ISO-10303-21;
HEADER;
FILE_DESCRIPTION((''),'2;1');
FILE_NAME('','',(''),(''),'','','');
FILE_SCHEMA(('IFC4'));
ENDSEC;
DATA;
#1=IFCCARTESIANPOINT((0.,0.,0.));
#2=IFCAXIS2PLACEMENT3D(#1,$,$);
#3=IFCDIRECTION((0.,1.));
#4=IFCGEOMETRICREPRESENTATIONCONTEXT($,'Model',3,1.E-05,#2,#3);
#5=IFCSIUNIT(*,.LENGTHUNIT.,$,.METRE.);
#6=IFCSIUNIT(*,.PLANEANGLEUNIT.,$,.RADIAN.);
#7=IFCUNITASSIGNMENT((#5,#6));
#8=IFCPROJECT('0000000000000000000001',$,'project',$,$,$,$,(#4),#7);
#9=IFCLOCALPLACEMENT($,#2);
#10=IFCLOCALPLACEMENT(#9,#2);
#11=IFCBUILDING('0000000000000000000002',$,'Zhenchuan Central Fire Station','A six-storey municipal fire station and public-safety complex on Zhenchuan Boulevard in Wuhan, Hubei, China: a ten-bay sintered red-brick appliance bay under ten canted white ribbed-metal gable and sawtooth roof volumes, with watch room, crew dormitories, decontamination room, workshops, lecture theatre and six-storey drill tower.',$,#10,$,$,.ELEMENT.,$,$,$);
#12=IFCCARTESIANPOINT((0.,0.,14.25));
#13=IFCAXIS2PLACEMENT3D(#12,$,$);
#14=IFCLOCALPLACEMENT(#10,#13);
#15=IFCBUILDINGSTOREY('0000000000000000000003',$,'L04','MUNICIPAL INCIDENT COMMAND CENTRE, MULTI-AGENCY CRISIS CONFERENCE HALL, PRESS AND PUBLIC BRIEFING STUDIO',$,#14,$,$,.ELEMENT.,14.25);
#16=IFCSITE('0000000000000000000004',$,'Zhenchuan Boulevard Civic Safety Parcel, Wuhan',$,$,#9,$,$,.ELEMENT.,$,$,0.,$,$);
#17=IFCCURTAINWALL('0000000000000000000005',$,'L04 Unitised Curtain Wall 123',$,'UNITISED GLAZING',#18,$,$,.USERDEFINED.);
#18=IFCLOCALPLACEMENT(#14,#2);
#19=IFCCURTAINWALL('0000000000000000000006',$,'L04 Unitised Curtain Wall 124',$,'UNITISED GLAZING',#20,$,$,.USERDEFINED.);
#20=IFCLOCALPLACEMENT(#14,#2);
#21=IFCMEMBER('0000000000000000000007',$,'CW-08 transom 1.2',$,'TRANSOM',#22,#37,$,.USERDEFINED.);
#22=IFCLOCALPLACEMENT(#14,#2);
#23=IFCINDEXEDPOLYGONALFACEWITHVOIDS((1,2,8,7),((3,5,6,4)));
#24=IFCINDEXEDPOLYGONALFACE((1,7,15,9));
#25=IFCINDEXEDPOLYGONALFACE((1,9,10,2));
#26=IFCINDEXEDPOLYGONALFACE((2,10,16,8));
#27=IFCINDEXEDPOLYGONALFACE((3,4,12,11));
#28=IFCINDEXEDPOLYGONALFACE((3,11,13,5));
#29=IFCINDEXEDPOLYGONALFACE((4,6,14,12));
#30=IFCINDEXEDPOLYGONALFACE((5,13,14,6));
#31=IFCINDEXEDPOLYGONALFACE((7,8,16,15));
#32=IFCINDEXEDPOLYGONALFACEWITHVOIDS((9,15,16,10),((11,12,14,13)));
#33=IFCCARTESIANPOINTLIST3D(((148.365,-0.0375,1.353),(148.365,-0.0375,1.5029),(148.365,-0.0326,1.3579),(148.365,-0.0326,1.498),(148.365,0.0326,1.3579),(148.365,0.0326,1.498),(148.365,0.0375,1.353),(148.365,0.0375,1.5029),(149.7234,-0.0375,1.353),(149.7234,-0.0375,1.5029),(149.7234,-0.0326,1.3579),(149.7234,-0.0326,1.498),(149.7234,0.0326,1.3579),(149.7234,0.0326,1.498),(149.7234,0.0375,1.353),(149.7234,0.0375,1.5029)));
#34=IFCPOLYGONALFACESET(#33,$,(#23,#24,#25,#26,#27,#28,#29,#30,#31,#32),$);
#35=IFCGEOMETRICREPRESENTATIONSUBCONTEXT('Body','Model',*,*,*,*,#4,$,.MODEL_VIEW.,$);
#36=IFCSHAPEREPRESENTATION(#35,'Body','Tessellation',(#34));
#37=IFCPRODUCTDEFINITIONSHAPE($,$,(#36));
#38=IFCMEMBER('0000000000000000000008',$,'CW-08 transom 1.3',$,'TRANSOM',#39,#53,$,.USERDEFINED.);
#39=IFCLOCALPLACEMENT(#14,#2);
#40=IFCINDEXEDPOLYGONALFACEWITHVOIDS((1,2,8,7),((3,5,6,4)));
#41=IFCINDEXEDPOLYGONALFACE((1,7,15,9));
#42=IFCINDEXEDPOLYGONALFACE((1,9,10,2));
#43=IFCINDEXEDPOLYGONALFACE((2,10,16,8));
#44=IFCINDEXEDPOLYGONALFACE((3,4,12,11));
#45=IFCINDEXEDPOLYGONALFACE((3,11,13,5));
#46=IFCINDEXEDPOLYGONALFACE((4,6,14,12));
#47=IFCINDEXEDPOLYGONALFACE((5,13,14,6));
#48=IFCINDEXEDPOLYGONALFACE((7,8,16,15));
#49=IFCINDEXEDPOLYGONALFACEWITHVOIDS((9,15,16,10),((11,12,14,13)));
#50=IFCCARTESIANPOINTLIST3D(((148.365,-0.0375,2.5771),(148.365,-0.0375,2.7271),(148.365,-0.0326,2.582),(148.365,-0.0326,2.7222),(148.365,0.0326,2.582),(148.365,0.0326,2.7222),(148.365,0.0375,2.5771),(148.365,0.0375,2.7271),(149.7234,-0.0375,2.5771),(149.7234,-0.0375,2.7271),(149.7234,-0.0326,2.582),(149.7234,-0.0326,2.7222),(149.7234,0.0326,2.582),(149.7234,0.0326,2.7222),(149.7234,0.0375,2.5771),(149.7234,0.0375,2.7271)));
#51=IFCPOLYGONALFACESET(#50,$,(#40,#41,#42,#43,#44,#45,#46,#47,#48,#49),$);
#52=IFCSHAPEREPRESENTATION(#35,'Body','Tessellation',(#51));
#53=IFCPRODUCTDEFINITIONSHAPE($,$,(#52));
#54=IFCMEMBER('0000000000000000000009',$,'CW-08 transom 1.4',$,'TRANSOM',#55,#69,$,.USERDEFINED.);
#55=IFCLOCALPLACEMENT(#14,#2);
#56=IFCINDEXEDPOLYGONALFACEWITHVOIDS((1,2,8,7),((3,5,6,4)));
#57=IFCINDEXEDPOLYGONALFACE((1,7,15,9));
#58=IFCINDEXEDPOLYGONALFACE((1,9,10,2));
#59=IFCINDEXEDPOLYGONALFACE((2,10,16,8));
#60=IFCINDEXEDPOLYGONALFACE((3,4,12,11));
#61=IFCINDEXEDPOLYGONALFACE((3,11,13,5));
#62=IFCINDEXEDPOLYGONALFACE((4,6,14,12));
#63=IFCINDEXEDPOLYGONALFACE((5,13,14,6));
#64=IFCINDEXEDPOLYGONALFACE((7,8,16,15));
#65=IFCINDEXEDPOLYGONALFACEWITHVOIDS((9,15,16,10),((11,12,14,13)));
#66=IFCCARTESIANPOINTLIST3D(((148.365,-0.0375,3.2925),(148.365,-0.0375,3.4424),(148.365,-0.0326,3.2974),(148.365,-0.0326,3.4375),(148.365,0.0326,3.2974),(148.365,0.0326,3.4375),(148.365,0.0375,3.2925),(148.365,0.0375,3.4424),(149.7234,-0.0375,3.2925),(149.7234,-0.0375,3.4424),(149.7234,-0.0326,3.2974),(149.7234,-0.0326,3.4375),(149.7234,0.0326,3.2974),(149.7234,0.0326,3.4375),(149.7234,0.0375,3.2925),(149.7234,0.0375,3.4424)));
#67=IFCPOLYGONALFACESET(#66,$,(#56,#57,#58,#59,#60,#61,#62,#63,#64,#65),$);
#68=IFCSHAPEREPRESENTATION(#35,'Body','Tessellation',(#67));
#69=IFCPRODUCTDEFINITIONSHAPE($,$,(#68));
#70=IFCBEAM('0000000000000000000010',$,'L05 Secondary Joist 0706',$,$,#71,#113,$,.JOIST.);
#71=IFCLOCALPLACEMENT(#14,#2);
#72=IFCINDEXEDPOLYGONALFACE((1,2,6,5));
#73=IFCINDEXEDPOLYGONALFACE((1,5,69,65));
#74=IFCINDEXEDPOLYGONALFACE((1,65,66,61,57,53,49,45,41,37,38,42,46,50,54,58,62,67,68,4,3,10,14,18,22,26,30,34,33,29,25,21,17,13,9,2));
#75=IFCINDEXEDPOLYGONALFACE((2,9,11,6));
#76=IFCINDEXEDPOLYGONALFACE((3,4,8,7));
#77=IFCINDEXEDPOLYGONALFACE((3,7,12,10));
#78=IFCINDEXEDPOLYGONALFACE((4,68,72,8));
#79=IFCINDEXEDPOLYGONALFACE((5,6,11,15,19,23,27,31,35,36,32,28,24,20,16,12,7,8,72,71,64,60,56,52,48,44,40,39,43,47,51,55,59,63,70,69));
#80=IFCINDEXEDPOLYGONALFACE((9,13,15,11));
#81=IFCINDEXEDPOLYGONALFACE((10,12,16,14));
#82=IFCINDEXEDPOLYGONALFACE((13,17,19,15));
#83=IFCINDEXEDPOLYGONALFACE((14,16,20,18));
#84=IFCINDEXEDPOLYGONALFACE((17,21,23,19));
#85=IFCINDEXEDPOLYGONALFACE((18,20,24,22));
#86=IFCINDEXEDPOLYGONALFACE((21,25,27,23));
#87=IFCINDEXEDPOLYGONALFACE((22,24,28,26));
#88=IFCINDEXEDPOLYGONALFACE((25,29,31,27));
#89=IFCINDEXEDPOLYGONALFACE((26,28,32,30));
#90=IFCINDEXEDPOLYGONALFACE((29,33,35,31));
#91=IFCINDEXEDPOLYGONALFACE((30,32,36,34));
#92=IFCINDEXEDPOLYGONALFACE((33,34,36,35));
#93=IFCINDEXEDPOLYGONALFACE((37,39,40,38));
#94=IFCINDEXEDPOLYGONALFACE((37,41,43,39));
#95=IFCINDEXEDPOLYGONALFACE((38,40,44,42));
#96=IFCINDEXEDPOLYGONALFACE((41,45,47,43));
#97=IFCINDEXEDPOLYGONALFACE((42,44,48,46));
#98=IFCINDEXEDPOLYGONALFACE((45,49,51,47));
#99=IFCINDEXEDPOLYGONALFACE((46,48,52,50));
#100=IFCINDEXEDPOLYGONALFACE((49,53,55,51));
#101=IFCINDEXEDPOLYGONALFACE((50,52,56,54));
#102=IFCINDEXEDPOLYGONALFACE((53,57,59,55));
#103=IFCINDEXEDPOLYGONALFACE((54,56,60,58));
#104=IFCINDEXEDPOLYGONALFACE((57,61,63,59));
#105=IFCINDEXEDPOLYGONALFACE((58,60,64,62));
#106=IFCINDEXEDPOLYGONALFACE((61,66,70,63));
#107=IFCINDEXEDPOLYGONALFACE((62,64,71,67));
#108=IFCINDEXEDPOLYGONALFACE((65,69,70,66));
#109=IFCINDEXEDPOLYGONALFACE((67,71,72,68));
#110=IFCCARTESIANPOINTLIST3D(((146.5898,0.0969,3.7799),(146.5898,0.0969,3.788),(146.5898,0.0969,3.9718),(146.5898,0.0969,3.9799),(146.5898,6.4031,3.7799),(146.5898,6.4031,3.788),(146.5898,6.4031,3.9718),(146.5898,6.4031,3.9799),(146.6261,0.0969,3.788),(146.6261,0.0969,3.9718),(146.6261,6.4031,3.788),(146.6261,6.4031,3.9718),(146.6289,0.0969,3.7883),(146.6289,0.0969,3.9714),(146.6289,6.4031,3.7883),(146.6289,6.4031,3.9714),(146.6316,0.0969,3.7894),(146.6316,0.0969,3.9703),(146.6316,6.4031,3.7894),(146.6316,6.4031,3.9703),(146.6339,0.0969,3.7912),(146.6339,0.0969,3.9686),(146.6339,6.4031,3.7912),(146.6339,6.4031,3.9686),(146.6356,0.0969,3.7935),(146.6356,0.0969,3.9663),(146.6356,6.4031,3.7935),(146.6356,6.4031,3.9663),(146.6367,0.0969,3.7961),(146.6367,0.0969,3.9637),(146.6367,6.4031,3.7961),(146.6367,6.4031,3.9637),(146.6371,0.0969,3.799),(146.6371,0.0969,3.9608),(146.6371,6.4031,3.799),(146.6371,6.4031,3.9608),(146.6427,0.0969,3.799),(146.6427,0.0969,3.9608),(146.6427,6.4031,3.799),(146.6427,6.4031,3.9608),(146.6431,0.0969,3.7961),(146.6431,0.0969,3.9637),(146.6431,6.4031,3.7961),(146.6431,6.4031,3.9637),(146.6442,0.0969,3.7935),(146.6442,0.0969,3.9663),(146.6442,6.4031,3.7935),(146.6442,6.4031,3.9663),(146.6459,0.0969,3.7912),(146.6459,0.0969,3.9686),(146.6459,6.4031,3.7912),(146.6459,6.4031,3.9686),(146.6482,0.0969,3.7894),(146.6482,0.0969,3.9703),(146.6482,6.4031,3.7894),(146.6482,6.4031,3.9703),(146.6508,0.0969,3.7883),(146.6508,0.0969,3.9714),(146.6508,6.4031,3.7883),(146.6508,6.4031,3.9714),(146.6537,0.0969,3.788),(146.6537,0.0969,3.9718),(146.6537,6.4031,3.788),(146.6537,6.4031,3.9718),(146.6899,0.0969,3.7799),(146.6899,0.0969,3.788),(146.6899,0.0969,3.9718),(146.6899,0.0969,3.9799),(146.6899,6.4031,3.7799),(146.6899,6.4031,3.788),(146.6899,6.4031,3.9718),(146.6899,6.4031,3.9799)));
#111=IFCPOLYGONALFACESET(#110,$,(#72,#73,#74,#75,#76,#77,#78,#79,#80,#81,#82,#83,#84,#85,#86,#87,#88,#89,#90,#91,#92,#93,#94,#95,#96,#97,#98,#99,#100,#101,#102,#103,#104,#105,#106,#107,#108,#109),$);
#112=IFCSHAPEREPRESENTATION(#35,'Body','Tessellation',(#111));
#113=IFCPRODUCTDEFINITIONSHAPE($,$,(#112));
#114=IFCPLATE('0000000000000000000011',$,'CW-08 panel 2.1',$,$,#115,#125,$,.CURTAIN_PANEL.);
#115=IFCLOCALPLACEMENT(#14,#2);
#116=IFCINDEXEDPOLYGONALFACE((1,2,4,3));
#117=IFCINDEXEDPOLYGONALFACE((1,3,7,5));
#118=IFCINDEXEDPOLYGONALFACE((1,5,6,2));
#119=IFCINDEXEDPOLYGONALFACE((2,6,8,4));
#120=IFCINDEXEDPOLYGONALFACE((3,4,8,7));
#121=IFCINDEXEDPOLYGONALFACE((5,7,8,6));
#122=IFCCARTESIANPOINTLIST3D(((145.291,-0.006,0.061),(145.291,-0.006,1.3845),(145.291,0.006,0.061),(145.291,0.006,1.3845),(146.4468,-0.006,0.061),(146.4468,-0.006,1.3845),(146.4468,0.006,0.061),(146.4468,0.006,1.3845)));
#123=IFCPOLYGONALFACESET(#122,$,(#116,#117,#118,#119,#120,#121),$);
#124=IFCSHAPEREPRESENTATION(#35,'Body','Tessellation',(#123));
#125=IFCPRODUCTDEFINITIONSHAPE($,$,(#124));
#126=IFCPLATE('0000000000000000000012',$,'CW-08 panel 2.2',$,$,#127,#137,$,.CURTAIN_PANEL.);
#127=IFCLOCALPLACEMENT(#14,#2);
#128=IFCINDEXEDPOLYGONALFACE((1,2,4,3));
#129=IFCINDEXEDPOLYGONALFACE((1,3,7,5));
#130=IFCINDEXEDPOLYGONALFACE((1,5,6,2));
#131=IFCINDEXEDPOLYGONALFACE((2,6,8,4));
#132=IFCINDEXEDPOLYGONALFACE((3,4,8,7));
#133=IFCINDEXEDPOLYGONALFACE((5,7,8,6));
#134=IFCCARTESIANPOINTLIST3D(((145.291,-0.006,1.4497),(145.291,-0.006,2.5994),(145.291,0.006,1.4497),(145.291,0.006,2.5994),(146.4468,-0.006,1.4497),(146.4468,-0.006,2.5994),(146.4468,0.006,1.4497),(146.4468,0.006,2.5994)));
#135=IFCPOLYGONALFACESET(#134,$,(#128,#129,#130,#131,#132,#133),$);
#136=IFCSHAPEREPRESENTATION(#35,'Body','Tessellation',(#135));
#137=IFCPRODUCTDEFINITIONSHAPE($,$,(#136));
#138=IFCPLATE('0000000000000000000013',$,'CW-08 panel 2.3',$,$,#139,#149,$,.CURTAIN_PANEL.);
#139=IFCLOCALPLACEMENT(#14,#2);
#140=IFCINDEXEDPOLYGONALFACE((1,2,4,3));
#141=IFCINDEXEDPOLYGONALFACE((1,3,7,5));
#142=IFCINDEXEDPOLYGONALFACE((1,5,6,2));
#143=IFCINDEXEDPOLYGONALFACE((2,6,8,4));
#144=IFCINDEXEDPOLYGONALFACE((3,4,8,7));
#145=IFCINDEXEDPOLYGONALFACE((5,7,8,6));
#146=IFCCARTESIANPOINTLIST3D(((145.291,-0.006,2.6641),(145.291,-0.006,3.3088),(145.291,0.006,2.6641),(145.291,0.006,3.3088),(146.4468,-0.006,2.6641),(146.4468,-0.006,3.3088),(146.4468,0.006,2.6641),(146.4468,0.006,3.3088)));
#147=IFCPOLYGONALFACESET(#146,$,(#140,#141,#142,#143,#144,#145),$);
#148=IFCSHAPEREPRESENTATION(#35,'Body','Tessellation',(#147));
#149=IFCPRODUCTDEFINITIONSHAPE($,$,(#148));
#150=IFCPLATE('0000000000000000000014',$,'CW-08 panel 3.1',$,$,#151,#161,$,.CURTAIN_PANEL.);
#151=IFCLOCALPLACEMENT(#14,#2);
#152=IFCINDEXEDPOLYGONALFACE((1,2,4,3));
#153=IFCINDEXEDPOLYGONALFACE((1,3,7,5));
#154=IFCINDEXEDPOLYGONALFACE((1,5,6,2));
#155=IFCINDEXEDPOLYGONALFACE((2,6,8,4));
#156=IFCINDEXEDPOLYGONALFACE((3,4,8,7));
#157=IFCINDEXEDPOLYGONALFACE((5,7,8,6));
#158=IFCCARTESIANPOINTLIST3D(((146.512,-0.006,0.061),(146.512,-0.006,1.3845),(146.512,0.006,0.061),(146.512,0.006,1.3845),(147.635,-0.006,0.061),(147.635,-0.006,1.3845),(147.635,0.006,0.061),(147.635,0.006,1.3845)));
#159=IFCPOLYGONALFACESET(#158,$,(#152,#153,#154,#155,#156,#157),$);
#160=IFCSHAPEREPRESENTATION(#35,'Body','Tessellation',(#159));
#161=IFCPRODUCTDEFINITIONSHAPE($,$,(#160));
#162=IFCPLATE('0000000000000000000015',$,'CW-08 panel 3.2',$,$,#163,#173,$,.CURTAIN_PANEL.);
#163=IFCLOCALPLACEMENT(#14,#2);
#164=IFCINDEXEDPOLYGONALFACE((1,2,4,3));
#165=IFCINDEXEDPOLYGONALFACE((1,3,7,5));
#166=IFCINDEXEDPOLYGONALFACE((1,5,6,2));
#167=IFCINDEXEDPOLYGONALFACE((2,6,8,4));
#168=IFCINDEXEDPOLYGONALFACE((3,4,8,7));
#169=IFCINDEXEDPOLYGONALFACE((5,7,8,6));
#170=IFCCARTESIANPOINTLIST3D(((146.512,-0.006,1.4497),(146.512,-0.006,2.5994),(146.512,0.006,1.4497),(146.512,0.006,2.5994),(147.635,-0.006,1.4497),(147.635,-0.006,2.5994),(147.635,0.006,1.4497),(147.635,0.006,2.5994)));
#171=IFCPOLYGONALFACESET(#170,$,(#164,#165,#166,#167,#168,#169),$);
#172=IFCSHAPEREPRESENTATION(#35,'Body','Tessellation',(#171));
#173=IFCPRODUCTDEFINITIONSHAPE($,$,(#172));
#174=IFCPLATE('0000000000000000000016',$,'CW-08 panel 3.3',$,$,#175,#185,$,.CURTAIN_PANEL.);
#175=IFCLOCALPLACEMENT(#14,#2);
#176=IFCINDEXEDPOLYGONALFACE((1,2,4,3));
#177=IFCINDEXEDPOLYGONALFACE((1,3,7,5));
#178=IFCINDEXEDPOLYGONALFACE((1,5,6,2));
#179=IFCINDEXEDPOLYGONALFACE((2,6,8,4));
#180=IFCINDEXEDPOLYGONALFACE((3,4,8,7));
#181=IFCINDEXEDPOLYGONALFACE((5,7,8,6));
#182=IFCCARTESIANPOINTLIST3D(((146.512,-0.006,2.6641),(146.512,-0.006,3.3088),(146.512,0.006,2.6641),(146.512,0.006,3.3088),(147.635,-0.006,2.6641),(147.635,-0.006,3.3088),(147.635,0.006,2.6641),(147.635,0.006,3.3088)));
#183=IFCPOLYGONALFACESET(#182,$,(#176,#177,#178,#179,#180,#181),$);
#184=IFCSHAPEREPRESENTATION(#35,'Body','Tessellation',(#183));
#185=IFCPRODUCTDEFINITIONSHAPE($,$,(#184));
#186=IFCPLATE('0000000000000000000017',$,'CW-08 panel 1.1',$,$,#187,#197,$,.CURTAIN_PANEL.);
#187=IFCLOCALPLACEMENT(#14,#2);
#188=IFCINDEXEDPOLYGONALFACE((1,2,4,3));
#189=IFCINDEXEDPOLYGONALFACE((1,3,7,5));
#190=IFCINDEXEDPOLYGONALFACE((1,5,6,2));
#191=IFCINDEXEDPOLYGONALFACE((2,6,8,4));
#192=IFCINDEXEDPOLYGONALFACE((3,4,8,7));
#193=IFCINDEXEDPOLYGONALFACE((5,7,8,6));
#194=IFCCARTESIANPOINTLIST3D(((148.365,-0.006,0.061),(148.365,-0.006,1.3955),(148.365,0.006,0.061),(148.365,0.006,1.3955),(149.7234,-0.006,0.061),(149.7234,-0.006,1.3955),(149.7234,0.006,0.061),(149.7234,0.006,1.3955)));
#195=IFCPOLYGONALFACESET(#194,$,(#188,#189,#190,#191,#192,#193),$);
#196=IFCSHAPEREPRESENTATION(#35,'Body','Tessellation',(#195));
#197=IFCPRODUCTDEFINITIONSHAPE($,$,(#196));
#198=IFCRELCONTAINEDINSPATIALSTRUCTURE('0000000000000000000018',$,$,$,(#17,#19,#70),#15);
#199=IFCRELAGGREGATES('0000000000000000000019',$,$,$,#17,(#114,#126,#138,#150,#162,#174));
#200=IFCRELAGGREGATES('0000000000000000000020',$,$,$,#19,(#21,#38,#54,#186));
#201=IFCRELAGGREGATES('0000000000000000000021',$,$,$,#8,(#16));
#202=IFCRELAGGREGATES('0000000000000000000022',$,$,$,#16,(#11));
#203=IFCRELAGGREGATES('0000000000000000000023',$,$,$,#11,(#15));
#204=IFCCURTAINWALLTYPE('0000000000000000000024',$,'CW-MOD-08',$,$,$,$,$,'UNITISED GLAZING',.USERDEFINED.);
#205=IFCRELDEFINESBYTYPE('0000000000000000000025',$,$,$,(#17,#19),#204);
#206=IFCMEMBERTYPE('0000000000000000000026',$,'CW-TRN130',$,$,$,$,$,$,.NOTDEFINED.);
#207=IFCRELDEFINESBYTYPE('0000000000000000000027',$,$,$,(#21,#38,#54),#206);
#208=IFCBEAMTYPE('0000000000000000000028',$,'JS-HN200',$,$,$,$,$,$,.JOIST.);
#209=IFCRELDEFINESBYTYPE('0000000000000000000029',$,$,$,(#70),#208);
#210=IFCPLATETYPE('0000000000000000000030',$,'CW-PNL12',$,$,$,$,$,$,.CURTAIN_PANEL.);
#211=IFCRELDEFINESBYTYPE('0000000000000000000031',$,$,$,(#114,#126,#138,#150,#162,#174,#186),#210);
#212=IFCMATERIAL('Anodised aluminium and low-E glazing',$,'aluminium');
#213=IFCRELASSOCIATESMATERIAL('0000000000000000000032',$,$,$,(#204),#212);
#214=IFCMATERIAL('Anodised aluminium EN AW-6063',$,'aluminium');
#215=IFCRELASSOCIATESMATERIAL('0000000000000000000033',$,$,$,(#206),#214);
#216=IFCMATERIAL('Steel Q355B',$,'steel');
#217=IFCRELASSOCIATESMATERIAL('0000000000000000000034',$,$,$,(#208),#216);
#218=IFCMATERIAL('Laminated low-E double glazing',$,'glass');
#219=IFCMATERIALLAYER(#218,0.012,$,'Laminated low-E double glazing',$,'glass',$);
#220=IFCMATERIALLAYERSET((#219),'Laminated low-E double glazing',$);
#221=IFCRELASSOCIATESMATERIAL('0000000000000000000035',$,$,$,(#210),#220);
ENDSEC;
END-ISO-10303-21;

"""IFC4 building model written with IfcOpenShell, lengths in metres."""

from ifc_helpers import new_model, si_unit, direction, frame, origin, origin_2d, place, context, subcontext, project, spatial, rectangle, hollow_rectangle, i_section, extrude, material, layer, layer_set, material_profile, profile_set, type_object, element, aggregate, save


model = new_model("IFC4")

# Units and contexts
model_context = context("Model", 3, precision=1e-05, world=origin(), true_north=direction((0.0, 1.0)))
body_context = subcontext(model_context, "Body", "Model", "MODEL_VIEW")
ifc_project = project(units=[si_unit("LENGTHUNIT", "METRE"), si_unit("PLANEANGLEUNIT", "RADIAN")], contexts=[model_context])

# Site, building, storey
site_placement = place(None, origin())
site = spatial("IfcSite", under=ifc_project, at=site_placement, Name="Zhenchuan Boulevard Civic Safety Parcel, Wuhan", CompositionType="ELEMENT", RefElevation=0.0)
building_placement = place(site_placement, origin())
building = spatial("IfcBuilding", under=site, at=building_placement, Name="Zhenchuan Central Fire Station", Description="A six-storey municipal fire station and public-safety complex on Zhenchuan Boulevard in Wuhan, Hubei, China: a ten-bay sintered red-brick appliance bay under ten canted white ribbed-metal gable and sawtooth roof volumes, with watch room, crew dormitories, decontamination room, workshops, lecture theatre and six-storey drill tower.", CompositionType="ELEMENT")
storey_placement = place(building_placement, frame((0.0, 0.0, 14.25)))
storey = spatial("IfcBuildingStorey", under=building, at=storey_placement, Name="L04", Description="MUNICIPAL INCIDENT COMMAND CENTRE, MULTI-AGENCY CRISIS CONFERENCE HALL, PRESS AND PUBLIC BRIEFING STUDIO", CompositionType="ELEMENT", Elevation=14.25)

# Shared definitions
ifc_material_1 = material(Name="Steel Q355B", Category="steel")

# Curtain wall
ifc_material_2 = material(Name="Anodised aluminium and low-E glazing", Category="aluminium")
curtain_wall_type = type_object("IfcCurtainWallType", Name="CW-MOD-08", ElementType="UNITISED GLAZING", PredefinedType="USERDEFINED", material=ifc_material_2)
curtain_wall_1_placement = place(storey_placement, origin())
curtain_wall_1 = element("IfcCurtainWall", 1, at=curtain_wall_1_placement, inside=storey, type_object=curtain_wall_type, Name="L04 Unitised Curtain Wall 123", ObjectType="UNITISED GLAZING", PredefinedType="USERDEFINED")
ifc_material_3 = material(Name="Anodised aluminium EN AW-6063", Category="aluminium")

# Curtain wall
curtain_wall_2_placement = place(storey_placement, origin())
curtain_wall_2 = element("IfcCurtainWall", 2, at=curtain_wall_2_placement, inside=storey, type_object=curtain_wall_type, Name="L04 Unitised Curtain Wall 124", ObjectType="UNITISED GLAZING", PredefinedType="USERDEFINED")

# Members
ifc_material_profile_1 = material_profile(ifc_material_3, hollow_rectangle(XDim=0.075, YDim=0.1499, WallThickness=0.0049, at=origin_2d()), Name="ALU-T 150x75")
ifc_profile_set_1 = profile_set([ifc_material_profile_1], Name="Anodised aluminium EN AW-6063")
member_type_1 = type_object("IfcMemberType", Name="CW-TRN130", PredefinedType="NOTDEFINED", material=ifc_profile_set_1)
member_1_placement = place(storey_placement, frame((148.365, 0.0, 1.428), z_axis=(1.0, 0.0, 0.0), x_axis=(0.0, 1.0, 0.0)))
member_1 = element("IfcMember", 3, at=member_1_placement, type_object=member_type_1, Name="CW-08 transom 1.2", ObjectType="TRANSOM", PredefinedType="USERDEFINED", context=body_context, shape_type="SweptSolid", body=[
    extrude(hollow_rectangle(XDim=0.075, YDim=0.1499, WallThickness=0.0049, at=origin_2d()), origin(), (0.0, 0.0, 1.0), 1.3584),
])
member_2_placement = place(storey_placement, frame((148.365, 0.0, 2.6521), z_axis=(1.0, 0.0, 0.0), x_axis=(0.0, 1.0, 0.0)))
member_2 = element("IfcMember", 4, at=member_2_placement, type_object=member_type_1, Name="CW-08 transom 1.3", ObjectType="TRANSOM", PredefinedType="USERDEFINED", context=body_context, shape_type="SweptSolid", body=[
    extrude(hollow_rectangle(XDim=0.075, YDim=0.1499, WallThickness=0.0049, at=origin_2d()), origin(), (0.0, 0.0, 1.0), 1.3584),
])
member_3_placement = place(storey_placement, frame((148.365, 0.0, 3.3674), z_axis=(1.0, 0.0, 0.0), x_axis=(0.0, 1.0, 0.0)))
member_3 = element("IfcMember", 5, at=member_3_placement, type_object=member_type_1, Name="CW-08 transom 1.4", ObjectType="TRANSOM", PredefinedType="USERDEFINED", context=body_context, shape_type="SweptSolid", body=[
    extrude(hollow_rectangle(XDim=0.075, YDim=0.1499, WallThickness=0.0049, at=origin_2d()), origin(), (0.0, 0.0, 1.0), 1.3584),
])

# Beam
ifc_material_profile_2 = material_profile(ifc_material_1, i_section(OverallWidth=0.1001, OverallDepth=0.2, WebThickness=0.0056, FlangeThickness=0.0081, FilletRadius=0.011, at=origin_2d()), Name="HN 200x100")
ifc_profile_set_2 = profile_set([ifc_material_profile_2], Name="Steel Q355B")
beam_type_1 = type_object("IfcBeamType", Name="JS-HN200", PredefinedType="JOIST", material=ifc_profile_set_2)
beam_1_placement = place(storey_placement, frame((146.6399, 0.0969, 3.8799), z_axis=(0.0, 1.0, 0.0), x_axis=(-1.0, 0.0, 0.0)))
element("IfcBeam", 6, at=beam_1_placement, inside=storey, type_object=beam_type_1, Name="L05 Secondary Joist 0706", PredefinedType="JOIST", context=body_context, shape_type="SweptSolid", body=[
    extrude(i_section(OverallWidth=0.1001, OverallDepth=0.2, WebThickness=0.0056, FlangeThickness=0.0081, FilletRadius=0.011, at=origin_2d()), origin(), (0.0, 0.0, 1.0), 6.3062),
])

# Plates
ifc_material_4 = material(Name="Laminated low-E double glazing", Category="glass")
ifc_layer_1 = layer(ifc_material_4, 0.012, Name="Laminated low-E double glazing", Category="glass")
ifc_layer_set_1 = layer_set([ifc_layer_1], Name="Laminated low-E double glazing")
plate_type = type_object("IfcPlateType", Name="CW-PNL12", PredefinedType="CURTAIN_PANEL", material=ifc_layer_set_1)
plate_1_placement = place(storey_placement, frame((145.8689, 0.0, 0.061), z_axis=(0.0, 0.0, 1.0), x_axis=(1.0, 0.0, 0.0)))
plate_1 = element("IfcPlate", 7, at=plate_1_placement, type_object=plate_type, Name="CW-08 panel 2.1", PredefinedType="CURTAIN_PANEL", context=body_context, shape_type="SweptSolid", body=[
    extrude(rectangle(XDim=1.1558, YDim=0.012, at=origin_2d()), origin(), (0.0, 0.0, 1.0), 1.3235),
])
plate_2_placement = place(storey_placement, frame((145.8689, 0.0, 1.4497), z_axis=(0.0, 0.0, 1.0), x_axis=(1.0, 0.0, 0.0)))
plate_2 = element("IfcPlate", 8, at=plate_2_placement, type_object=plate_type, Name="CW-08 panel 2.2", PredefinedType="CURTAIN_PANEL", context=body_context, shape_type="SweptSolid", body=[
    extrude(rectangle(XDim=1.1558, YDim=0.012, at=origin_2d()), origin(), (0.0, 0.0, 1.0), 1.1497),
])
plate_3_placement = place(storey_placement, frame((145.8689, 0.0, 2.6641), z_axis=(0.0, 0.0, 1.0), x_axis=(1.0, 0.0, 0.0)))
plate_3 = element("IfcPlate", 9, at=plate_3_placement, type_object=plate_type, Name="CW-08 panel 2.3", PredefinedType="CURTAIN_PANEL", context=body_context, shape_type="SweptSolid", body=[
    extrude(rectangle(XDim=1.1558, YDim=0.012, at=origin_2d()), origin(), (0.0, 0.0, 1.0), 0.6448),
])
plate_4_placement = place(storey_placement, frame((147.0735, 0.0, 0.061), z_axis=(0.0, 0.0, 1.0), x_axis=(1.0, 0.0, 0.0)))
plate_4 = element("IfcPlate", 10, at=plate_4_placement, type_object=plate_type, Name="CW-08 panel 3.1", PredefinedType="CURTAIN_PANEL", context=body_context, shape_type="SweptSolid", body=[
    extrude(rectangle(XDim=1.123, YDim=0.012, at=origin_2d()), origin(), (0.0, 0.0, 1.0), 1.3235),
])
plate_5_placement = place(storey_placement, frame((147.0735, 0.0, 1.4497), z_axis=(0.0, 0.0, 1.0), x_axis=(1.0, 0.0, 0.0)))
plate_5 = element("IfcPlate", 11, at=plate_5_placement, type_object=plate_type, Name="CW-08 panel 3.2", PredefinedType="CURTAIN_PANEL", context=body_context, shape_type="SweptSolid", body=[
    extrude(rectangle(XDim=1.123, YDim=0.012, at=origin_2d()), origin(), (0.0, 0.0, 1.0), 1.1497),
])
plate_6_placement = place(storey_placement, frame((147.0735, 0.0, 2.6641), z_axis=(0.0, 0.0, 1.0), x_axis=(1.0, 0.0, 0.0)))
plate_6 = element("IfcPlate", 12, at=plate_6_placement, type_object=plate_type, Name="CW-08 panel 3.3", PredefinedType="CURTAIN_PANEL", context=body_context, shape_type="SweptSolid", body=[
    extrude(rectangle(XDim=1.123, YDim=0.012, at=origin_2d()), origin(), (0.0, 0.0, 1.0), 0.6448),
])
aggregate(curtain_wall_1, [plate_1, plate_2, plate_3, plate_4, plate_5, plate_6])
plate_7_placement = place(storey_placement, frame((149.0442, 0.0, 0.061), z_axis=(0.0, 0.0, 1.0), x_axis=(1.0, 0.0, 0.0)))
plate_7 = element("IfcPlate", 13, at=plate_7_placement, type_object=plate_type, Name="CW-08 panel 1.1", PredefinedType="CURTAIN_PANEL", context=body_context, shape_type="SweptSolid", body=[
    extrude(rectangle(XDim=1.3584, YDim=0.012, at=origin_2d()), origin(), (0.0, 0.0, 1.0), 1.3345),
])
aggregate(curtain_wall_2, [member_1, member_2, member_3, plate_7])

save(model, "model.ifc")
